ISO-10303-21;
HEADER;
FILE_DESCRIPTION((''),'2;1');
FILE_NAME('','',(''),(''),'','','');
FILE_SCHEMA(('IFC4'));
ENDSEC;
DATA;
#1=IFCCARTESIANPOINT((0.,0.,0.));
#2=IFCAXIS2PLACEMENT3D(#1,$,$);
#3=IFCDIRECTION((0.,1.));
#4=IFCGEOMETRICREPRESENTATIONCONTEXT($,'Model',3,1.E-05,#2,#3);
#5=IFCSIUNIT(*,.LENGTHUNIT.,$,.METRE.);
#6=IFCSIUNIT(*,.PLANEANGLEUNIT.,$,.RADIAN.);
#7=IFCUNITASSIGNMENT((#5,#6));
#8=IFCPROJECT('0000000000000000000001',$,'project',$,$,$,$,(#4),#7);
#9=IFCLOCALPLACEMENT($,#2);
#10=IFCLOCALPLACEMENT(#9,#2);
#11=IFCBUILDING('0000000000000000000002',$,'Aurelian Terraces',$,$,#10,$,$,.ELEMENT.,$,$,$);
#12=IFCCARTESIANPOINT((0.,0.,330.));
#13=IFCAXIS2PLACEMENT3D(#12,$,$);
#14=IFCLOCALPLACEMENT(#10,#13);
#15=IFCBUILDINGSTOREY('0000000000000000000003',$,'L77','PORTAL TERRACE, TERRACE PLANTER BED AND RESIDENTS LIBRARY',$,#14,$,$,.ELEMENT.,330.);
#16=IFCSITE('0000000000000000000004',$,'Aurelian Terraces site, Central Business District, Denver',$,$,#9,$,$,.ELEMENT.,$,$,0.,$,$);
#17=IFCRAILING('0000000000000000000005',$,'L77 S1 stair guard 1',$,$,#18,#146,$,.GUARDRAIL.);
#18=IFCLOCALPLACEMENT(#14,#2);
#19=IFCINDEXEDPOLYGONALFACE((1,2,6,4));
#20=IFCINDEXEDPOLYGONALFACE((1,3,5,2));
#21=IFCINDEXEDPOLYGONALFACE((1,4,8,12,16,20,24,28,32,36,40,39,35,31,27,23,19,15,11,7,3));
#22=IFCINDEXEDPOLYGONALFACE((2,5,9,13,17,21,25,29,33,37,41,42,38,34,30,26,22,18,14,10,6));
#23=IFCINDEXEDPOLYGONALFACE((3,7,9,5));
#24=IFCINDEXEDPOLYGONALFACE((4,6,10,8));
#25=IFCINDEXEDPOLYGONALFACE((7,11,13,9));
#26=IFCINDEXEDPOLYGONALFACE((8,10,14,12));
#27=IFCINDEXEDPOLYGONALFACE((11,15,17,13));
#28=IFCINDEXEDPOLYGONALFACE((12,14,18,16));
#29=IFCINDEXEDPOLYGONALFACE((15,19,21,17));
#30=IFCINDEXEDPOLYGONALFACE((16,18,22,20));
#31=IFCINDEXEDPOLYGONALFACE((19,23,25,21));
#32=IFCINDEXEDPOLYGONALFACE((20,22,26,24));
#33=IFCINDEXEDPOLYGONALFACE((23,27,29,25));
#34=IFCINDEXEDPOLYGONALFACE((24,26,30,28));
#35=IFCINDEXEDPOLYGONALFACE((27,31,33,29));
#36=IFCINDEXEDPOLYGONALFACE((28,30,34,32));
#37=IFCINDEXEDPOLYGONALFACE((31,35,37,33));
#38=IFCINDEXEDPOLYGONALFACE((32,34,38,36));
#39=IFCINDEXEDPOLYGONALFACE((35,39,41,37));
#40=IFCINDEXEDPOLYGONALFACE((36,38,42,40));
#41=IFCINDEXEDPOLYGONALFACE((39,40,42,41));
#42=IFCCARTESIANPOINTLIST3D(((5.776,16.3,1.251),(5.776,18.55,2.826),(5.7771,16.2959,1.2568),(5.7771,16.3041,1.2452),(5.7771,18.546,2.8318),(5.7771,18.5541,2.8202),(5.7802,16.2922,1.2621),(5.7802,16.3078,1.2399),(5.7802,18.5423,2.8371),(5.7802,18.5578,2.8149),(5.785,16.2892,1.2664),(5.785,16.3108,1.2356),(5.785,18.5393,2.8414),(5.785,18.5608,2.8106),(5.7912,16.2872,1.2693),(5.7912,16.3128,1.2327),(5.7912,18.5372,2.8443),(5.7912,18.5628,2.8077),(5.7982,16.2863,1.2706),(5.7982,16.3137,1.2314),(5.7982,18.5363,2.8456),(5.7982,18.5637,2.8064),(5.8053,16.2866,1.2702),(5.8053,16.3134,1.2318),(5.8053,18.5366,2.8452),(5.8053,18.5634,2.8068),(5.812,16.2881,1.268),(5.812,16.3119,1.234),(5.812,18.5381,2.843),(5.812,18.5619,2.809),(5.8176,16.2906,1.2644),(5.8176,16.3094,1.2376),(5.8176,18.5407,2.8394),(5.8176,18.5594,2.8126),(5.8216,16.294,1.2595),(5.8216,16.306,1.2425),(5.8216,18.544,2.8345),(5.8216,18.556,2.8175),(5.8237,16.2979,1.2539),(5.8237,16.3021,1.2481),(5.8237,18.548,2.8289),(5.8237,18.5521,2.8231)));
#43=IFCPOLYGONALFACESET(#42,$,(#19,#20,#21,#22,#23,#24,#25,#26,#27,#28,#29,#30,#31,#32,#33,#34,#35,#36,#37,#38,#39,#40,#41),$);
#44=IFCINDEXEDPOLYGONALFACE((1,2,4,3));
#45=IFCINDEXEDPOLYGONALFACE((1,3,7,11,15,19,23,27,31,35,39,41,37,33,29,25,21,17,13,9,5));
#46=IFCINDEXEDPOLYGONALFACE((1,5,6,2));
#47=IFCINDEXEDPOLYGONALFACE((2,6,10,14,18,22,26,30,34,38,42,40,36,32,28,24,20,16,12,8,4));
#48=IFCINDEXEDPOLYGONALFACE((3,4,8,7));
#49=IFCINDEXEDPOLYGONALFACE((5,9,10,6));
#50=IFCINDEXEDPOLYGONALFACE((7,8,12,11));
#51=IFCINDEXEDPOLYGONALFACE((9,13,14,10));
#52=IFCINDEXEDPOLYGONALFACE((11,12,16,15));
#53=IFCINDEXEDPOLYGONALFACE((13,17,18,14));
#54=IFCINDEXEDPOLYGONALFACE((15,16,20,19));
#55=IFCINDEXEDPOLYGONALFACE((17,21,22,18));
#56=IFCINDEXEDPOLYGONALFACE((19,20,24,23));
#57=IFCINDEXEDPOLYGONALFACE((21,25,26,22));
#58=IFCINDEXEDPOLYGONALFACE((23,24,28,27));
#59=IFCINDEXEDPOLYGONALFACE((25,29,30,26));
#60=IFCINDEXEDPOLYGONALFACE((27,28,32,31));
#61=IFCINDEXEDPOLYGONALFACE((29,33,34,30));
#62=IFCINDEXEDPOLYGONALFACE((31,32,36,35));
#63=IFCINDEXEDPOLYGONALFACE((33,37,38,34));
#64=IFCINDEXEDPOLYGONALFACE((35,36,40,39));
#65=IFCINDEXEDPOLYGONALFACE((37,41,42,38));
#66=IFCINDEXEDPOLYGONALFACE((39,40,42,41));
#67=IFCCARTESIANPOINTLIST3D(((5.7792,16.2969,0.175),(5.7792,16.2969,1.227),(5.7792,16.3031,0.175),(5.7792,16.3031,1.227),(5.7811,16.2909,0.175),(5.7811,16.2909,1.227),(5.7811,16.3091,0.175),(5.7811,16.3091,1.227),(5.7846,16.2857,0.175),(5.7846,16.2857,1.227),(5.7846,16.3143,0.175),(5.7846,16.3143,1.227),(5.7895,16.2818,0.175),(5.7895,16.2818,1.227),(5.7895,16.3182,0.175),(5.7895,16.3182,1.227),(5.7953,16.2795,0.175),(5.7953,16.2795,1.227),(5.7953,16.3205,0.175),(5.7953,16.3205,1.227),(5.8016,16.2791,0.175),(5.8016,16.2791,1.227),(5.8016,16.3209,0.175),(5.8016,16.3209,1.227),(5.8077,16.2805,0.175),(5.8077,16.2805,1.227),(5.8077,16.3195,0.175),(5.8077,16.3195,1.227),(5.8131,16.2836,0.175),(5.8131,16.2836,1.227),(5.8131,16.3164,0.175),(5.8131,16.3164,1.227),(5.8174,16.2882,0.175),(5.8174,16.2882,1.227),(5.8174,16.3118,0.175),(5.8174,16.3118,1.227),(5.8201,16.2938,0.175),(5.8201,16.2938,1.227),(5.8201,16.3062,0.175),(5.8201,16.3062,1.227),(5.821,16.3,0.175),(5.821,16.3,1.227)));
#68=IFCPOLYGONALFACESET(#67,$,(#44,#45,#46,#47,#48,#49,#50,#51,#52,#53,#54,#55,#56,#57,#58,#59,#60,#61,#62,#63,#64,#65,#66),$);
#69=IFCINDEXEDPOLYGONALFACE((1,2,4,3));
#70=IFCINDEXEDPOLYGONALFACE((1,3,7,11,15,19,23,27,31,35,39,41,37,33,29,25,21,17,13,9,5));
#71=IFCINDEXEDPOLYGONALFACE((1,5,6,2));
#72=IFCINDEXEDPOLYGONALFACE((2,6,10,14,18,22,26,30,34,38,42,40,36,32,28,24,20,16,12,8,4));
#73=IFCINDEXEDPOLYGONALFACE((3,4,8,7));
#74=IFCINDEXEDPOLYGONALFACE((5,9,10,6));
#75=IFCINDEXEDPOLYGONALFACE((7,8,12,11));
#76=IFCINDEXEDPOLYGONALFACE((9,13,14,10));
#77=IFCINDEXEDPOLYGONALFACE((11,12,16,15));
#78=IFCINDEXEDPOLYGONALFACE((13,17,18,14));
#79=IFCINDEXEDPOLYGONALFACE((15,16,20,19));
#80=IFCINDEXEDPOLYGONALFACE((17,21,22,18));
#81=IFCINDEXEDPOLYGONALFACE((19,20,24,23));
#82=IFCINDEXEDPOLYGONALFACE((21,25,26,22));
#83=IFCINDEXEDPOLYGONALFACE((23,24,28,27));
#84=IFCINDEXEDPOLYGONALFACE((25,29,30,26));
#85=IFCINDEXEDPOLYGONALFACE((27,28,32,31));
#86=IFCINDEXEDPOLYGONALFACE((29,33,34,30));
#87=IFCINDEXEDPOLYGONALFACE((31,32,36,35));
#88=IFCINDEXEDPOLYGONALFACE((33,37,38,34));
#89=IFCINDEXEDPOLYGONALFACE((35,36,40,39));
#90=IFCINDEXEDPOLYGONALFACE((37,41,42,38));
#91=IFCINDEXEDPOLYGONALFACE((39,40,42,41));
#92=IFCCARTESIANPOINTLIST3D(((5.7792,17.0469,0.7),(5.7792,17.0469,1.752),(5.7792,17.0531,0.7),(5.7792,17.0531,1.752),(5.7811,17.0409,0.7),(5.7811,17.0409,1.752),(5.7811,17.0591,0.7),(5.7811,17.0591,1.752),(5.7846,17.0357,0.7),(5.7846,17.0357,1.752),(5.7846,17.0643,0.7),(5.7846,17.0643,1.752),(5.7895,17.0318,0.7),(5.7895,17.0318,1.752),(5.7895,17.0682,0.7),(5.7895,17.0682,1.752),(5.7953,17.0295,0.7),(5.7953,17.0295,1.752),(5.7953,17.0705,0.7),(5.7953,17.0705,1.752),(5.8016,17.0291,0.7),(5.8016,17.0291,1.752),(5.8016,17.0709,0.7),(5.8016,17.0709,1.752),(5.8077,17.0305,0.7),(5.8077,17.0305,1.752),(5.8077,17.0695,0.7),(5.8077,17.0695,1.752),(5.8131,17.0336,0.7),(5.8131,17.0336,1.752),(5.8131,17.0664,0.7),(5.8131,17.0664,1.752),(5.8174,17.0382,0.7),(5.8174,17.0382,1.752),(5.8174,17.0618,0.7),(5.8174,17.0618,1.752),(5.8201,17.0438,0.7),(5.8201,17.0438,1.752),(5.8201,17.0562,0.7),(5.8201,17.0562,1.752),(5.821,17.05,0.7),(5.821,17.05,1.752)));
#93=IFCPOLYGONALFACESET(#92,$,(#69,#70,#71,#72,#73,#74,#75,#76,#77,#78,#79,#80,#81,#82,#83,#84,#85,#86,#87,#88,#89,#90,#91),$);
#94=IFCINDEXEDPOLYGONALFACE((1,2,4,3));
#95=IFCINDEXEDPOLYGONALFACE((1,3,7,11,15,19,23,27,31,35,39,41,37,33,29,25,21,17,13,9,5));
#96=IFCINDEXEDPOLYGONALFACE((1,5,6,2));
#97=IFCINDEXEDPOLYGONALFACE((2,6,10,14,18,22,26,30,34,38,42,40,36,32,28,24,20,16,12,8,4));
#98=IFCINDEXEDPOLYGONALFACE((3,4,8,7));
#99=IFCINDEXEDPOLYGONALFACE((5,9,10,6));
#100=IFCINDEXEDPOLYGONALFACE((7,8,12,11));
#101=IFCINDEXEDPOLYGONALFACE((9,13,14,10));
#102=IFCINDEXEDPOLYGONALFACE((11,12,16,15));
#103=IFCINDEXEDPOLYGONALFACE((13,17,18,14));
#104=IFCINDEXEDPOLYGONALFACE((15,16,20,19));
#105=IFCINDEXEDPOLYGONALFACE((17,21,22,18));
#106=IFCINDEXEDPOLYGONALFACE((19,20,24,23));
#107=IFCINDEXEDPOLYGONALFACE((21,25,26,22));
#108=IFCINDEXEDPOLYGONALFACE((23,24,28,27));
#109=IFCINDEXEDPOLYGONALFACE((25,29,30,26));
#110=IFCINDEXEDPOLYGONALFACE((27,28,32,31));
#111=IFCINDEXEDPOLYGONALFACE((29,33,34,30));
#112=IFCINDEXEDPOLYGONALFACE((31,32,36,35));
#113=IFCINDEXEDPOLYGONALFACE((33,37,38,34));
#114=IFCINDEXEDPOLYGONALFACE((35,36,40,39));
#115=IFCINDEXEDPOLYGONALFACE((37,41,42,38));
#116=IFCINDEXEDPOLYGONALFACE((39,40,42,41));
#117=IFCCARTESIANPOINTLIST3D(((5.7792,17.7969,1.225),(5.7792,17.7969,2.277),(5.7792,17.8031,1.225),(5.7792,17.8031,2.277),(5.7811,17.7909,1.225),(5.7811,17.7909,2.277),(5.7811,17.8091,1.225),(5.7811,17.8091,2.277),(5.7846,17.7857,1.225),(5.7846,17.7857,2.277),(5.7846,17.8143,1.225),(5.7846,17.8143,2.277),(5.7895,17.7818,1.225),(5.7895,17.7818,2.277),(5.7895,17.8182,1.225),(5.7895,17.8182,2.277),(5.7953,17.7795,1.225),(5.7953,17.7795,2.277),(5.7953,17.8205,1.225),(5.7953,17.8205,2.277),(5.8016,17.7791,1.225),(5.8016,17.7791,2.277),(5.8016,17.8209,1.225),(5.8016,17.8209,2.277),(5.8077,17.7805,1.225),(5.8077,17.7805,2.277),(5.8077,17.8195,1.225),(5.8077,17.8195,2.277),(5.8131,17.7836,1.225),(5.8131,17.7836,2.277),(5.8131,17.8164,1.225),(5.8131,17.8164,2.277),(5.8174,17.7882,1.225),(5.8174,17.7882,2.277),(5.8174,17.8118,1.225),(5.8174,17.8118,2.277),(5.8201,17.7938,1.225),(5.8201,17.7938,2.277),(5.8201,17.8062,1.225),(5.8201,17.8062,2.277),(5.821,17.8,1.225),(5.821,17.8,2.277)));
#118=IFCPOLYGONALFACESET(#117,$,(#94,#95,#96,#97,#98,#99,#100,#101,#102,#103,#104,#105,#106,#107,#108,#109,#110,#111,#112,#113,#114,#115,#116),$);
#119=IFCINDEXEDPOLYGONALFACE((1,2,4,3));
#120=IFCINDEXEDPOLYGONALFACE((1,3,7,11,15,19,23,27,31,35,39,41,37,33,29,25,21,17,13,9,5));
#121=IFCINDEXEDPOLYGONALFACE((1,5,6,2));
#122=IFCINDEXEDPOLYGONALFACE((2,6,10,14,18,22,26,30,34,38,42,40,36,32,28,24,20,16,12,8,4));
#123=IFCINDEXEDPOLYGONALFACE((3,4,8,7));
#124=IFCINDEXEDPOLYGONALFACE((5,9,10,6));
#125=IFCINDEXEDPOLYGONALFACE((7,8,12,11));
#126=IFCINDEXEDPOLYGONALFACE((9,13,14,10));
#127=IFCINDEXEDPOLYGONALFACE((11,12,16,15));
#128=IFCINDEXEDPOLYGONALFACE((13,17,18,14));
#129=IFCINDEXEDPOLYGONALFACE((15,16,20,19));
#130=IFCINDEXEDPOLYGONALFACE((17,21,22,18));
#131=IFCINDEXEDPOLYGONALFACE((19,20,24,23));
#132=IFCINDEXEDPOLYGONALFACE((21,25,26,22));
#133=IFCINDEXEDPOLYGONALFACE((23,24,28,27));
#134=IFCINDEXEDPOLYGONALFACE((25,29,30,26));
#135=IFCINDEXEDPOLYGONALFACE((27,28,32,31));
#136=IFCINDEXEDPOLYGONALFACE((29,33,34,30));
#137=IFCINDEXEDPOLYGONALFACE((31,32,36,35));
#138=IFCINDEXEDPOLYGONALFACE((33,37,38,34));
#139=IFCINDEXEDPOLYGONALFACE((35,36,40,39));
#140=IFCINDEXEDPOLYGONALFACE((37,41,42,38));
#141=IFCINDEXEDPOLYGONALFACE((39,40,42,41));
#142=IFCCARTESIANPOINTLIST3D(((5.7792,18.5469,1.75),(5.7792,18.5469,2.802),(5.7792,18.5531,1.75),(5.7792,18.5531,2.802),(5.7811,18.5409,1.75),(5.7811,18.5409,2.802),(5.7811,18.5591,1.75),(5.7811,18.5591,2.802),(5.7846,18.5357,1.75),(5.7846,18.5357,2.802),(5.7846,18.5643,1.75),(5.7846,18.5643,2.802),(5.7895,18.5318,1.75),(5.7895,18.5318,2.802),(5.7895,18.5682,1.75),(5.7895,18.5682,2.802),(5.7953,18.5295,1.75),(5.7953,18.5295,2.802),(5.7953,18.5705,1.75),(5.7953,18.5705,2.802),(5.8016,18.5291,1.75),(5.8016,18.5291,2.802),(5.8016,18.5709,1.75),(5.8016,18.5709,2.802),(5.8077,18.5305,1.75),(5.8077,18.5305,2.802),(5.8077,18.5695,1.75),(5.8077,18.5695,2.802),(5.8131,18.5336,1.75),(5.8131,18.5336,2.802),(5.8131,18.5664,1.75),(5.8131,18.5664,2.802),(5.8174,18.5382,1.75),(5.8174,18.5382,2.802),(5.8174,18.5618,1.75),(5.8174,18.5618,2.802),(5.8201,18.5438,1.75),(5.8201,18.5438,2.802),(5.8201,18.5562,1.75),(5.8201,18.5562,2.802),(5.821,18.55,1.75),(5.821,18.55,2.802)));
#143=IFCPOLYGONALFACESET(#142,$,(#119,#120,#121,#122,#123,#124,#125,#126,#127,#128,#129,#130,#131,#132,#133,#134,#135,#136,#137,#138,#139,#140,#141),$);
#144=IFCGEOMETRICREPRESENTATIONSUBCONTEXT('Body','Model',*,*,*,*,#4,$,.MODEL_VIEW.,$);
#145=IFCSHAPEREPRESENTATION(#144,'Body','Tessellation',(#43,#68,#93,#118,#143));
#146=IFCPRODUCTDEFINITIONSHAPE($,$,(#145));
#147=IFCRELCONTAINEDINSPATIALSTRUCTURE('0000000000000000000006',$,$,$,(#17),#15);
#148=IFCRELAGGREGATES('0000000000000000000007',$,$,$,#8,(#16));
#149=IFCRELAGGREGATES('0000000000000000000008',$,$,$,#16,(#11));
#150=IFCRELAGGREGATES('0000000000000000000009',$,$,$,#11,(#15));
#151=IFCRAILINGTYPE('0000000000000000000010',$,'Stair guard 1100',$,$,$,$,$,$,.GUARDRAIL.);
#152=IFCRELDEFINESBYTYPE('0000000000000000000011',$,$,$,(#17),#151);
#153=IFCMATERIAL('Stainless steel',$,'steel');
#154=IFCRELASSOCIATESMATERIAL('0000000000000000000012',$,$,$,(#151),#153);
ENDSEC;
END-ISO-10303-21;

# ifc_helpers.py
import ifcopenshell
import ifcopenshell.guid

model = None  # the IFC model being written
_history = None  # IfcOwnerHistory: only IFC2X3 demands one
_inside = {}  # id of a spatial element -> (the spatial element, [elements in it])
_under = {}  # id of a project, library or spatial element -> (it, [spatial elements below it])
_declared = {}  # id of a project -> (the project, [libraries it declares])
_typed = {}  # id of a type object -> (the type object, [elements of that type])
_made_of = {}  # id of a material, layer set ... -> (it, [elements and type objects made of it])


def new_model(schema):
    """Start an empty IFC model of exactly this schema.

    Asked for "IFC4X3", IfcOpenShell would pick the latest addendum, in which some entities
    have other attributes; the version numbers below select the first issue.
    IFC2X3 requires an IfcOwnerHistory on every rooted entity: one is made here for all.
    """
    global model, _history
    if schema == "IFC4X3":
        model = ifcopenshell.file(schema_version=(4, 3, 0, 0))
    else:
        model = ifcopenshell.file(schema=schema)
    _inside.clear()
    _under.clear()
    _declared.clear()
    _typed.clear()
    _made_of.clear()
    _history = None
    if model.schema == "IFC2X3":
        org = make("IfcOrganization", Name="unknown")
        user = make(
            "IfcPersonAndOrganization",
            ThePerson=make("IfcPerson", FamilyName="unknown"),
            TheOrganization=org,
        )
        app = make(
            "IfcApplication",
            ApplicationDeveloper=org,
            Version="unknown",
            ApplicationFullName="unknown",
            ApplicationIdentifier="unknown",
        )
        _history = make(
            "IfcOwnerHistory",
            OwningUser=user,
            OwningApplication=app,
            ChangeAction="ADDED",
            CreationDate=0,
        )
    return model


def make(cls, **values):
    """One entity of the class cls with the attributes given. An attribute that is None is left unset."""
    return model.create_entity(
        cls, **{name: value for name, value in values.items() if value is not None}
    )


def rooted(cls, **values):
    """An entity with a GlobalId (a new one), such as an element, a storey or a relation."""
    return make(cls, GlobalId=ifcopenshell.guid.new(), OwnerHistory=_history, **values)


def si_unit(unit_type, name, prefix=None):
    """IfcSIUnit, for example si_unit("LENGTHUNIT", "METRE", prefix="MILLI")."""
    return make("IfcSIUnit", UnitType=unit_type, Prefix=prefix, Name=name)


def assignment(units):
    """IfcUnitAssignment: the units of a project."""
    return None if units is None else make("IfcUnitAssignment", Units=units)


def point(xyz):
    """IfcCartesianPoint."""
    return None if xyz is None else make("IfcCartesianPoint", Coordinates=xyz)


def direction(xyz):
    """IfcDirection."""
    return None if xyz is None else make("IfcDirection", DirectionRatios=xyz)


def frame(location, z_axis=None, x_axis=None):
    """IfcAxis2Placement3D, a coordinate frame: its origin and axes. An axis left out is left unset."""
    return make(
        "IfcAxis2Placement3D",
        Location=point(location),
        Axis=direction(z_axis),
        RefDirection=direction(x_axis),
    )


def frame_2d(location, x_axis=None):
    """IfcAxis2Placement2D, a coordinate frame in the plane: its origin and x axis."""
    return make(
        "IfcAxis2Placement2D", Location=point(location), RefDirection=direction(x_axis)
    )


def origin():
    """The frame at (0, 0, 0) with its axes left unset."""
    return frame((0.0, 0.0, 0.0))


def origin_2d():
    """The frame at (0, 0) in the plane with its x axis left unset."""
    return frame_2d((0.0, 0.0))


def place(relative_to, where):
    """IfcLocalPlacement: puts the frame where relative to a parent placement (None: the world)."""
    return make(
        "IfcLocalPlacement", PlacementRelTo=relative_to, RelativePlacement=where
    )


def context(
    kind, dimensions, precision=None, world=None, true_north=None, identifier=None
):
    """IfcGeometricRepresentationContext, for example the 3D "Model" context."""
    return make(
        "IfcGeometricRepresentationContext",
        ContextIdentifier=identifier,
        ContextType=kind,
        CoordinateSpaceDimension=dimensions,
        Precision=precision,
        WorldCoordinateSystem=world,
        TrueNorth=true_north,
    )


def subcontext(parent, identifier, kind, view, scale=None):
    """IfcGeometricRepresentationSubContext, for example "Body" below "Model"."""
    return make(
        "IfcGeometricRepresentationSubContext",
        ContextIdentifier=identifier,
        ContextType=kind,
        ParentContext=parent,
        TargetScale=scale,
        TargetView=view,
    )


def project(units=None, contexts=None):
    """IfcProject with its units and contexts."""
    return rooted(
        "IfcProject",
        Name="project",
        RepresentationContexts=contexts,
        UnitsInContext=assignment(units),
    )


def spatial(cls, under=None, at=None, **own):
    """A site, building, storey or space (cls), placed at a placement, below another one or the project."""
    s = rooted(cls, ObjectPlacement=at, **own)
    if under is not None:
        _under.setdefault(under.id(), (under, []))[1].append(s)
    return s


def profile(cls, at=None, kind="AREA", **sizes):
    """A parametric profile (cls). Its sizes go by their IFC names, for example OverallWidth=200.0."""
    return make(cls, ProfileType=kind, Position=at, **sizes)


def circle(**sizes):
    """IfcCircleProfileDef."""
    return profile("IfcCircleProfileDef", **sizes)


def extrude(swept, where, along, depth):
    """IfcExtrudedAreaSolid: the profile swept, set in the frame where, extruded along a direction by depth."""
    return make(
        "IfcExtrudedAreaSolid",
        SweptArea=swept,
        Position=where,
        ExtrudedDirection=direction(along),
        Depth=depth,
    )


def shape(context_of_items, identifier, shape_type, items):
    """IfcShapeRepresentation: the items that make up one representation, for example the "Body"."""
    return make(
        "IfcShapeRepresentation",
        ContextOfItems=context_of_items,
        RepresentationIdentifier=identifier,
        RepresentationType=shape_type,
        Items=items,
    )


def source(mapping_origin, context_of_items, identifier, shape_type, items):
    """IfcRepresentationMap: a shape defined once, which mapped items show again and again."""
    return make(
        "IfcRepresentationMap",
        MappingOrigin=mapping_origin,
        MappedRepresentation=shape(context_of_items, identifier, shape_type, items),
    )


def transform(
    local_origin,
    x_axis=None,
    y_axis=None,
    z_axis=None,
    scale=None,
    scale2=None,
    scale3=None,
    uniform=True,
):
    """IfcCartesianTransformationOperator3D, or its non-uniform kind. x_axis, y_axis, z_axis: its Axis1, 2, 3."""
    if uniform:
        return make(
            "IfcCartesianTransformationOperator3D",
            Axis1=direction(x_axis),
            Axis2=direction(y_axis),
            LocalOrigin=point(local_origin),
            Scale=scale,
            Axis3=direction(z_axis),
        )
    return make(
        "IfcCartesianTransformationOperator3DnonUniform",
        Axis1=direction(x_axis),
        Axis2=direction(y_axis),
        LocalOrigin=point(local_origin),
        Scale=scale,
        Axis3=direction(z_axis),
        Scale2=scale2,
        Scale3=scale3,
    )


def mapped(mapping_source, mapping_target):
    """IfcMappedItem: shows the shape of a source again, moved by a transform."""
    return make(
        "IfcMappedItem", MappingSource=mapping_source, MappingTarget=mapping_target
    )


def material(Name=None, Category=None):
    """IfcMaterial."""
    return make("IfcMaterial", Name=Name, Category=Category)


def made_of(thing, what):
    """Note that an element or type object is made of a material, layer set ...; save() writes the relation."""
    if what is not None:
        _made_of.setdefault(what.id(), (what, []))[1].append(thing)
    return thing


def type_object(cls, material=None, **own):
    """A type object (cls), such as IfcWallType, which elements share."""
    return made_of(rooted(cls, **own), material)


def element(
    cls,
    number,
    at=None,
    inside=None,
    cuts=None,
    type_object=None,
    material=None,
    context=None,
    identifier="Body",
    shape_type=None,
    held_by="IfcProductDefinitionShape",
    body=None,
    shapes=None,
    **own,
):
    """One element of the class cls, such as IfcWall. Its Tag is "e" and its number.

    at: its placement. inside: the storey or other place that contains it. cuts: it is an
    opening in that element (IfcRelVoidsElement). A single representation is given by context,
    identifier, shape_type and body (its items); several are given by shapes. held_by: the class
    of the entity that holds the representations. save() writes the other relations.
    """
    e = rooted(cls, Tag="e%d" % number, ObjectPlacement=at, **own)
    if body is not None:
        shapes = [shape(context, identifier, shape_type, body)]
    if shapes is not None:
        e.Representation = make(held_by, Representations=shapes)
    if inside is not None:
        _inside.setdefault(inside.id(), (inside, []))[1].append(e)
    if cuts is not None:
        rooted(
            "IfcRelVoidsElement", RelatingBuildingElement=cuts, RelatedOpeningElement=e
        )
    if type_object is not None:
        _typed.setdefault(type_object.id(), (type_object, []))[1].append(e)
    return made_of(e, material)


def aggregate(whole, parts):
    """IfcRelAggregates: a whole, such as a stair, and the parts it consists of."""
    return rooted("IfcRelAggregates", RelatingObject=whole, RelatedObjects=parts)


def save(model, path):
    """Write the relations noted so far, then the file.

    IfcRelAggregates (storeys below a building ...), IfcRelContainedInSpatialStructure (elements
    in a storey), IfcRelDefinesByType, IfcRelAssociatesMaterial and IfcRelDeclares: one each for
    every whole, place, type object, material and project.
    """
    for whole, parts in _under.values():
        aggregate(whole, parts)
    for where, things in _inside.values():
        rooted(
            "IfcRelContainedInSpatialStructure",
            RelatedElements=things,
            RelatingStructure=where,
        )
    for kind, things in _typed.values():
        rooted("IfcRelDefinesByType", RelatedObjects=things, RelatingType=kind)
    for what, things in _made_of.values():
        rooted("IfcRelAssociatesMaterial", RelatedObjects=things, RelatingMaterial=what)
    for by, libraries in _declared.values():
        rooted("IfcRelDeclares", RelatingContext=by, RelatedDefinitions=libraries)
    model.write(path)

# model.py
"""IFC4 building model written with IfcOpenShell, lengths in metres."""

from ifc_helpers import new_model, si_unit, direction, frame, origin, origin_2d, place, context, subcontext, project, spatial, circle, extrude, source, transform, mapped, material, type_object, element, save


model = new_model("IFC4")

# Units and contexts
model_context = context("Model", 3, precision=1e-05, world=origin(), true_north=direction((0.0, 1.0)))
body_context = subcontext(model_context, "Body", "Model", "MODEL_VIEW")
ifc_project = project(units=[si_unit("LENGTHUNIT", "METRE"), si_unit("PLANEANGLEUNIT", "RADIAN")], contexts=[model_context])

# Site, building, storey
site_placement = place(None, origin())
site = spatial("IfcSite", under=ifc_project, at=site_placement, Name="Aurelian Terraces site, Central Business District, Denver", CompositionType="ELEMENT", RefElevation=0.0)
building_placement = place(site_placement, origin())
building = spatial("IfcBuilding", under=site, at=building_placement, Name="Aurelian Terraces", CompositionType="ELEMENT")
storey_placement = place(building_placement, frame((0.0, 0.0, 330.0)))
storey = spatial("IfcBuildingStorey", under=building, at=storey_placement, Name="L77", Description="PORTAL TERRACE, TERRACE PLANTER BED AND RESIDENTS LIBRARY", CompositionType="ELEMENT", Elevation=330.0)

# Railing
ifc_material_1 = material(Name="Stainless steel", Category="steel")
railing_type_1 = type_object("IfcRailingType", Name="Stair guard 1100", PredefinedType="GUARDRAIL", material=ifc_material_1)
shared_shape_1 = source(origin(), body_context, "Body", "SweptSolid", [
    extrude(circle(Radius=0.024, at=origin_2d()), frame((0.0, 0.0, 1.076), z_axis=(0.0, 0.819232, 0.573462), x_axis=(-1.0, 0.0, 0.0)), (0.0, 0.0, 1.0), 2.7465),
    extrude(circle(Radius=0.021, at=origin_2d()), origin(), (0.0, 0.0, 1.0), 1.052),
    extrude(circle(Radius=0.021, at=origin_2d()), frame((0.0, 0.75, 0.525)), (0.0, 0.0, 1.0), 1.052),
    extrude(circle(Radius=0.021, at=origin_2d()), frame((0.0, 1.5, 1.05)), (0.0, 0.0, 1.0), 1.052),
    extrude(circle(Radius=0.021, at=origin_2d()), frame((0.0, 2.25, 1.575)), (0.0, 0.0, 1.0), 1.052),
])
railing_1_placement = place(storey_placement, frame((5.8, 16.3, 0.175)))
element("IfcRailing", 1, at=railing_1_placement, inside=storey, type_object=railing_type_1, Name="L77 S1 stair guard 1", PredefinedType="GUARDRAIL", context=body_context, shape_type="MappedRepresentation", body=[
    mapped(shared_shape_1, transform((0.0, 0.0, 0.0), scale=1.0)),
])

save(model, "model.ifc")
